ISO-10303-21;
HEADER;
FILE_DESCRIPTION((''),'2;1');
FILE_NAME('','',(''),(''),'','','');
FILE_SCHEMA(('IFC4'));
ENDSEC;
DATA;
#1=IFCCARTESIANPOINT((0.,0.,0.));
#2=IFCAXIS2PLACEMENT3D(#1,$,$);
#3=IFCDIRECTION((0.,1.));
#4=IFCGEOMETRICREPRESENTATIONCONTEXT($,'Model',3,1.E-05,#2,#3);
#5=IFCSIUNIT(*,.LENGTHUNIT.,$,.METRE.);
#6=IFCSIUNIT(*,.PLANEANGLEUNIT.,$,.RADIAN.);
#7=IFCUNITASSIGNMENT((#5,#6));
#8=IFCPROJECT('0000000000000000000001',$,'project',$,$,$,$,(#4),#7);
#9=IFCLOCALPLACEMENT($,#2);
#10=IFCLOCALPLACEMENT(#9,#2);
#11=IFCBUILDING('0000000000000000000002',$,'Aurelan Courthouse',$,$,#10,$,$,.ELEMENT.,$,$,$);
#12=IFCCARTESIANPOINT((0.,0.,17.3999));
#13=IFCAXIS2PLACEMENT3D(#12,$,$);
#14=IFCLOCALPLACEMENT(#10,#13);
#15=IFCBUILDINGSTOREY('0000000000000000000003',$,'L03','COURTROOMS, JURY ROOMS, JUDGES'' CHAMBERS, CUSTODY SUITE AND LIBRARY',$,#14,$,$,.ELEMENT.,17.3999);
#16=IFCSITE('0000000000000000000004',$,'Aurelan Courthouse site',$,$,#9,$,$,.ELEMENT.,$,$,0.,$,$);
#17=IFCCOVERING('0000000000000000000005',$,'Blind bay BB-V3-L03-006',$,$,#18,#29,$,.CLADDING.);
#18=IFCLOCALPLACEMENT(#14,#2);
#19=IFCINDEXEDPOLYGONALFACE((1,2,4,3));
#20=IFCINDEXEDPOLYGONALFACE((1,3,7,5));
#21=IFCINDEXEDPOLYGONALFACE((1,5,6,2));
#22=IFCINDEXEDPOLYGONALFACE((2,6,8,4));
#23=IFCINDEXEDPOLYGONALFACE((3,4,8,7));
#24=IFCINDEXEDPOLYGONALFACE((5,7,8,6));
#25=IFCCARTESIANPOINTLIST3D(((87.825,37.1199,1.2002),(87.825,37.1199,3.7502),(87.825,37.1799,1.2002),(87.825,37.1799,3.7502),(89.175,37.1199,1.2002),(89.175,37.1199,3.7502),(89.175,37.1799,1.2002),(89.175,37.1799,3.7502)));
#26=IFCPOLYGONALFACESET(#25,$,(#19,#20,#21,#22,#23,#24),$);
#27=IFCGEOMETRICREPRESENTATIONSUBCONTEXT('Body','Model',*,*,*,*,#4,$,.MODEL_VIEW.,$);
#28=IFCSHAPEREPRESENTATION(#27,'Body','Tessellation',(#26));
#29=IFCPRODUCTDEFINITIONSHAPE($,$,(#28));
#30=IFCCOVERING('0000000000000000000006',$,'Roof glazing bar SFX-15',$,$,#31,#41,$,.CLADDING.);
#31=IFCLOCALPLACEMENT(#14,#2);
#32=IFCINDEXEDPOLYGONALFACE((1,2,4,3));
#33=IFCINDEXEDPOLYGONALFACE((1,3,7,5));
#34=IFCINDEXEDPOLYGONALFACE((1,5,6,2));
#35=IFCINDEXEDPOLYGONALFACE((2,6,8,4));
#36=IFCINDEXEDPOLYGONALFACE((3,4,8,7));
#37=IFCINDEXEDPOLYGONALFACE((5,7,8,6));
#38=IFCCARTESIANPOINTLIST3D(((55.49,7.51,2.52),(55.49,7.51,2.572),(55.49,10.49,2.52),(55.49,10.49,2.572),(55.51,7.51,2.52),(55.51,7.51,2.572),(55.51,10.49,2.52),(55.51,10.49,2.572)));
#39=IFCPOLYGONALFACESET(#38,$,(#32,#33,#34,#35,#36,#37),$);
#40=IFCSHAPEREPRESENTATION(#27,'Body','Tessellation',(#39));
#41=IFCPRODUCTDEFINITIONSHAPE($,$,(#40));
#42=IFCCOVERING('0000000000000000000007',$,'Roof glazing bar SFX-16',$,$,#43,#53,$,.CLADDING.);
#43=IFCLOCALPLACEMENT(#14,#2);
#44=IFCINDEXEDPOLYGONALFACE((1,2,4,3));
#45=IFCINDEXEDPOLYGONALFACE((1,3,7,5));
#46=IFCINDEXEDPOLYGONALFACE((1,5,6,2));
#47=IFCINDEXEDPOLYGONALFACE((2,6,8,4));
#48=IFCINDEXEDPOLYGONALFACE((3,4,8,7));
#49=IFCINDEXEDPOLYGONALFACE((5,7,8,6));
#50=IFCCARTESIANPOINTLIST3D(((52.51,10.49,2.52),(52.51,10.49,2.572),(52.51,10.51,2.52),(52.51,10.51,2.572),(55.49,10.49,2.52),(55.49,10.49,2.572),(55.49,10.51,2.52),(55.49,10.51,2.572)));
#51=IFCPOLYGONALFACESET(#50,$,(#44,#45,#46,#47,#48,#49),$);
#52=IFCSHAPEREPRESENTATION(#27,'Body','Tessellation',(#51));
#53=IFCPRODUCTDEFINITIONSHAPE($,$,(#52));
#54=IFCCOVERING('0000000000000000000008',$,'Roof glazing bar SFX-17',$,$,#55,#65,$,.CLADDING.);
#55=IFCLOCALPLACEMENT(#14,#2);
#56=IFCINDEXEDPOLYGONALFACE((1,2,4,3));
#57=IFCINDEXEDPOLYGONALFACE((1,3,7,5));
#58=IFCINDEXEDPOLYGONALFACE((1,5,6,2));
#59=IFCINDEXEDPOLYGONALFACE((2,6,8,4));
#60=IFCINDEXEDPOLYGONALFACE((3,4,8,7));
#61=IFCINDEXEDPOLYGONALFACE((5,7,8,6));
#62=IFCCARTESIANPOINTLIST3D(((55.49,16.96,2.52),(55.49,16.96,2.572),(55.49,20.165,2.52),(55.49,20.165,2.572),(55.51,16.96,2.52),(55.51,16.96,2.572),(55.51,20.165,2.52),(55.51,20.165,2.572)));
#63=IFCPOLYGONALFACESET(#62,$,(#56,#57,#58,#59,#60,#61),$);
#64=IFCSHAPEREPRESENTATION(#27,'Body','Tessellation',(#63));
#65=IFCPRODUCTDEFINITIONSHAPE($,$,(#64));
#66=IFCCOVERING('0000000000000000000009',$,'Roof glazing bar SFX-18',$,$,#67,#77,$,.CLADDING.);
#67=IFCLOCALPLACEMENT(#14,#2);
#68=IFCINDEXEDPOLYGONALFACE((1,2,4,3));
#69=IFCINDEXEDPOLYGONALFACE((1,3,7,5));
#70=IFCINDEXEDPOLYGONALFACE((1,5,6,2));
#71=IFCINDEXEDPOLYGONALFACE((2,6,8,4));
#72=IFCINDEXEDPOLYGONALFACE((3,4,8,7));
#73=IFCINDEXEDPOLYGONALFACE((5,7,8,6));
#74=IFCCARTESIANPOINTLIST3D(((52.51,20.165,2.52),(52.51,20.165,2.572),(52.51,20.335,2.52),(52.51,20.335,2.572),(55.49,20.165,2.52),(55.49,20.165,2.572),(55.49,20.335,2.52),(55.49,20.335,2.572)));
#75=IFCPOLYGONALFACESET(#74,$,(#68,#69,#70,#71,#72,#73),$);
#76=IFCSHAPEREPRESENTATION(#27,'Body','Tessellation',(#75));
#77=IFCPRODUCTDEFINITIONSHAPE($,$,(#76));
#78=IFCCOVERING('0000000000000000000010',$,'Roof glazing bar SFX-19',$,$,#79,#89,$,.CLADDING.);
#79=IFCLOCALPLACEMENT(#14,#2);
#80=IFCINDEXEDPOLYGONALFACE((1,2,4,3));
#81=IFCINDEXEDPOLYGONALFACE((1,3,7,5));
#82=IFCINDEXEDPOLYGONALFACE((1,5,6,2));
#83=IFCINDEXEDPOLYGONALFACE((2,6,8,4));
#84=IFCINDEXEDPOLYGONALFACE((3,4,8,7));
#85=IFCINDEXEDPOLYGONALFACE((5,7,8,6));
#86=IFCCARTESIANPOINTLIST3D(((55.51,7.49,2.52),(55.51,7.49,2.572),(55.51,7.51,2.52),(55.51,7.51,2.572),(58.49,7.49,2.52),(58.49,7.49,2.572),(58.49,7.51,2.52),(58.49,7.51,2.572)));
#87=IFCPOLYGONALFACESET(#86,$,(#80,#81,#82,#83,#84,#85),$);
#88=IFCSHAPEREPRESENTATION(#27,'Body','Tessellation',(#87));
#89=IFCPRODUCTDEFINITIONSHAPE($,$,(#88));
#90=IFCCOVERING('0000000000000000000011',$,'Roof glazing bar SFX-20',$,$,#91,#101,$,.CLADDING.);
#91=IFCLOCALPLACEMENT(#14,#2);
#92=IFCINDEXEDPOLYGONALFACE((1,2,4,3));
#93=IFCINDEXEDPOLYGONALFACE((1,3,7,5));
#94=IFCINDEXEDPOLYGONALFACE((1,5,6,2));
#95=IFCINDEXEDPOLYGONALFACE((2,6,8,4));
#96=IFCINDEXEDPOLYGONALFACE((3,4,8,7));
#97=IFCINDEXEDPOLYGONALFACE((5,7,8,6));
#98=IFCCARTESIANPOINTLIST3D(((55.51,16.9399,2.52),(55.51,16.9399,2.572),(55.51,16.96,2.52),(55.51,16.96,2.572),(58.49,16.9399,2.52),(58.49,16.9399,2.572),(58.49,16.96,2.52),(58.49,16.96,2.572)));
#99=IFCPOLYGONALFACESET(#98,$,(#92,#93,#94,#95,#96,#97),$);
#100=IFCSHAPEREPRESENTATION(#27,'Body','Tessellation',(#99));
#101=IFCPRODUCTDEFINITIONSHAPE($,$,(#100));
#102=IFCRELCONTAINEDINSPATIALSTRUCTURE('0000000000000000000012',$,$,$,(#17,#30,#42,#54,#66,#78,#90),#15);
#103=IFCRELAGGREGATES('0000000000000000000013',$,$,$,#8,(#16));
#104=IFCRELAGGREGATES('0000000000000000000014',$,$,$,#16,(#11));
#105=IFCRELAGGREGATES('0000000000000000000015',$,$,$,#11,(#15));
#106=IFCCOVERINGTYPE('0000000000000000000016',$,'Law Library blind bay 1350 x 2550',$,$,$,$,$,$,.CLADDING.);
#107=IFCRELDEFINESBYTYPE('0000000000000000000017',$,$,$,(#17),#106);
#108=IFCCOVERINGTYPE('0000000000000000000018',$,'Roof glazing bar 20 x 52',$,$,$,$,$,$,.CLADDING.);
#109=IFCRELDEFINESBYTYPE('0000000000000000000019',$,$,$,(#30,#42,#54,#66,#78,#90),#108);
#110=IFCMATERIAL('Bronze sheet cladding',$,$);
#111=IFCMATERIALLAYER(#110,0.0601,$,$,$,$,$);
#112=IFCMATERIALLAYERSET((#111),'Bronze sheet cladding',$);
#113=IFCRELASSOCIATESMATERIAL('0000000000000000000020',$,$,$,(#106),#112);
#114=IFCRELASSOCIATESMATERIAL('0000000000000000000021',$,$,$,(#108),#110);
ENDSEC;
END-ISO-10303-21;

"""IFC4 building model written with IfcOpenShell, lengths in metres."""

from ifc_helpers import new_model, si_unit, direction, frame, origin, origin_2d, place, context, subcontext, project, spatial, rectangle, extrude, material, layer, layer_set, type_object, element, save


model = new_model("IFC4")

# Units and contexts
model_context = context("Model", 3, precision=1e-05, world=origin(), true_north=direction((0.0, 1.0)))
body_context = subcontext(model_context, "Body", "Model", "MODEL_VIEW")
ifc_project = project(units=[si_unit("LENGTHUNIT", "METRE"), si_unit("PLANEANGLEUNIT", "RADIAN")], contexts=[model_context])

# Site, building, storey
site_placement = place(None, origin())
site = spatial("IfcSite", under=ifc_project, at=site_placement, Name="Aurelan Courthouse site", CompositionType="ELEMENT", RefElevation=0.0)
building_placement = place(site_placement, origin())
building = spatial("IfcBuilding", under=site, at=building_placement, Name="Aurelan Courthouse", CompositionType="ELEMENT")
storey_placement = place(building_placement, frame((0.0, 0.0, 17.3999)))
storey = spatial("IfcBuildingStorey", under=building, at=storey_placement, Name="L03", Description="COURTROOMS, JURY ROOMS, JUDGES' CHAMBERS, CUSTODY SUITE AND LIBRARY", CompositionType="ELEMENT", Elevation=17.3999)

# Coverings
ifc_material_1 = material(Name="Bronze sheet cladding")
ifc_layer_1 = layer(ifc_material_1, 0.0601)
ifc_layer_set_1 = layer_set([ifc_layer_1], Name="Bronze sheet cladding")
covering_type_1 = type_object("IfcCoveringType", Name="Law Library blind bay 1350 x 2550", PredefinedType="CLADDING", material=ifc_layer_set_1)
for number, where, z_axis, x_axis, name in (
    (1, (88.5, 37.1499, 1.2002), (0.0, 0.0, 1.0), (1.0, 0.0, 0.0), "Blind bay BB-V3-L03-006"),
):
    element("IfcCovering", number, at=place(storey_placement, frame(where, z_axis=z_axis, x_axis=x_axis)), inside=storey, type_object=covering_type_1, Name=name, PredefinedType="CLADDING", context=body_context, shape_type="SweptSolid", body=[
        extrude(rectangle(XDim=1.3501, YDim=0.0601, at=origin_2d()), origin(), (0.0, 0.0, 1.0), 2.55),
    ])
covering_type_2 = type_object("IfcCoveringType", Name="Roof glazing bar 20 x 52", PredefinedType="CLADDING", material=ifc_material_1)
covering_1_placement = place(storey_placement, frame((55.5, 9.0, 2.52), z_axis=(0.0, 0.0, 1.0), x_axis=(1.0, 0.0, 0.0)))
element("IfcCovering", 2, at=covering_1_placement, inside=storey, type_object=covering_type_2, Name="Roof glazing bar SFX-15", PredefinedType="CLADDING", context=body_context, shape_type="SweptSolid", body=[
    extrude(rectangle(XDim=0.02, YDim=2.98, at=origin_2d()), origin(), (0.0, 0.0, 1.0), 0.052),
])
covering_2_placement = place(storey_placement, frame((54.0, 10.5, 2.52), z_axis=(0.0, 0.0, 1.0), x_axis=(1.0, 0.0, 0.0)))
element("IfcCovering", 3, at=covering_2_placement, inside=storey, type_object=covering_type_2, Name="Roof glazing bar SFX-16", PredefinedType="CLADDING", context=body_context, shape_type="SweptSolid", body=[
    extrude(rectangle(XDim=2.98, YDim=0.02, at=origin_2d()), origin(), (0.0, 0.0, 1.0), 0.052),
])
covering_3_placement = place(storey_placement, frame((55.5, 18.5625, 2.52), z_axis=(0.0, 0.0, 1.0), x_axis=(1.0, 0.0, 0.0)))
element("IfcCovering", 4, at=covering_3_placement, inside=storey, type_object=covering_type_2, Name="Roof glazing bar SFX-17", PredefinedType="CLADDING", context=body_context, shape_type="SweptSolid", body=[
    extrude(rectangle(XDim=0.02, YDim=3.2051, at=origin_2d()), origin(), (0.0, 0.0, 1.0), 0.052),
])
covering_4_placement = place(storey_placement, frame((54.0, 20.25, 2.52), z_axis=(0.0, 0.0, 1.0), x_axis=(1.0, 0.0, 0.0)))
element("IfcCovering", 5, at=covering_4_placement, inside=storey, type_object=covering_type_2, Name="Roof glazing bar SFX-18", PredefinedType="CLADDING", context=body_context, shape_type="SweptSolid", body=[
    extrude(rectangle(XDim=2.98, YDim=0.1699, at=origin_2d()), origin(), (0.0, 0.0, 1.0), 0.052),
])
for number, where, z_axis, x_axis, name in (
    (6, (57.0, 7.5, 2.52), (0.0, 0.0, 1.0), (1.0, 0.0, 0.0), "Roof glazing bar SFX-19"),
    (7, (57.0, 16.95, 2.52), (0.0, 0.0, 1.0), (1.0, 0.0, 0.0), "Roof glazing bar SFX-20"),
):
    element("IfcCovering", number, at=place(storey_placement, frame(where, z_axis=z_axis, x_axis=x_axis)), inside=storey, type_object=covering_type_2, Name=name, PredefinedType="CLADDING", context=body_context, shape_type="SweptSolid", body=[
        extrude(rectangle(XDim=2.98, YDim=0.02, at=origin_2d()), origin(), (0.0, 0.0, 1.0), 0.052),
    ])

save(model, "model.ifc")
